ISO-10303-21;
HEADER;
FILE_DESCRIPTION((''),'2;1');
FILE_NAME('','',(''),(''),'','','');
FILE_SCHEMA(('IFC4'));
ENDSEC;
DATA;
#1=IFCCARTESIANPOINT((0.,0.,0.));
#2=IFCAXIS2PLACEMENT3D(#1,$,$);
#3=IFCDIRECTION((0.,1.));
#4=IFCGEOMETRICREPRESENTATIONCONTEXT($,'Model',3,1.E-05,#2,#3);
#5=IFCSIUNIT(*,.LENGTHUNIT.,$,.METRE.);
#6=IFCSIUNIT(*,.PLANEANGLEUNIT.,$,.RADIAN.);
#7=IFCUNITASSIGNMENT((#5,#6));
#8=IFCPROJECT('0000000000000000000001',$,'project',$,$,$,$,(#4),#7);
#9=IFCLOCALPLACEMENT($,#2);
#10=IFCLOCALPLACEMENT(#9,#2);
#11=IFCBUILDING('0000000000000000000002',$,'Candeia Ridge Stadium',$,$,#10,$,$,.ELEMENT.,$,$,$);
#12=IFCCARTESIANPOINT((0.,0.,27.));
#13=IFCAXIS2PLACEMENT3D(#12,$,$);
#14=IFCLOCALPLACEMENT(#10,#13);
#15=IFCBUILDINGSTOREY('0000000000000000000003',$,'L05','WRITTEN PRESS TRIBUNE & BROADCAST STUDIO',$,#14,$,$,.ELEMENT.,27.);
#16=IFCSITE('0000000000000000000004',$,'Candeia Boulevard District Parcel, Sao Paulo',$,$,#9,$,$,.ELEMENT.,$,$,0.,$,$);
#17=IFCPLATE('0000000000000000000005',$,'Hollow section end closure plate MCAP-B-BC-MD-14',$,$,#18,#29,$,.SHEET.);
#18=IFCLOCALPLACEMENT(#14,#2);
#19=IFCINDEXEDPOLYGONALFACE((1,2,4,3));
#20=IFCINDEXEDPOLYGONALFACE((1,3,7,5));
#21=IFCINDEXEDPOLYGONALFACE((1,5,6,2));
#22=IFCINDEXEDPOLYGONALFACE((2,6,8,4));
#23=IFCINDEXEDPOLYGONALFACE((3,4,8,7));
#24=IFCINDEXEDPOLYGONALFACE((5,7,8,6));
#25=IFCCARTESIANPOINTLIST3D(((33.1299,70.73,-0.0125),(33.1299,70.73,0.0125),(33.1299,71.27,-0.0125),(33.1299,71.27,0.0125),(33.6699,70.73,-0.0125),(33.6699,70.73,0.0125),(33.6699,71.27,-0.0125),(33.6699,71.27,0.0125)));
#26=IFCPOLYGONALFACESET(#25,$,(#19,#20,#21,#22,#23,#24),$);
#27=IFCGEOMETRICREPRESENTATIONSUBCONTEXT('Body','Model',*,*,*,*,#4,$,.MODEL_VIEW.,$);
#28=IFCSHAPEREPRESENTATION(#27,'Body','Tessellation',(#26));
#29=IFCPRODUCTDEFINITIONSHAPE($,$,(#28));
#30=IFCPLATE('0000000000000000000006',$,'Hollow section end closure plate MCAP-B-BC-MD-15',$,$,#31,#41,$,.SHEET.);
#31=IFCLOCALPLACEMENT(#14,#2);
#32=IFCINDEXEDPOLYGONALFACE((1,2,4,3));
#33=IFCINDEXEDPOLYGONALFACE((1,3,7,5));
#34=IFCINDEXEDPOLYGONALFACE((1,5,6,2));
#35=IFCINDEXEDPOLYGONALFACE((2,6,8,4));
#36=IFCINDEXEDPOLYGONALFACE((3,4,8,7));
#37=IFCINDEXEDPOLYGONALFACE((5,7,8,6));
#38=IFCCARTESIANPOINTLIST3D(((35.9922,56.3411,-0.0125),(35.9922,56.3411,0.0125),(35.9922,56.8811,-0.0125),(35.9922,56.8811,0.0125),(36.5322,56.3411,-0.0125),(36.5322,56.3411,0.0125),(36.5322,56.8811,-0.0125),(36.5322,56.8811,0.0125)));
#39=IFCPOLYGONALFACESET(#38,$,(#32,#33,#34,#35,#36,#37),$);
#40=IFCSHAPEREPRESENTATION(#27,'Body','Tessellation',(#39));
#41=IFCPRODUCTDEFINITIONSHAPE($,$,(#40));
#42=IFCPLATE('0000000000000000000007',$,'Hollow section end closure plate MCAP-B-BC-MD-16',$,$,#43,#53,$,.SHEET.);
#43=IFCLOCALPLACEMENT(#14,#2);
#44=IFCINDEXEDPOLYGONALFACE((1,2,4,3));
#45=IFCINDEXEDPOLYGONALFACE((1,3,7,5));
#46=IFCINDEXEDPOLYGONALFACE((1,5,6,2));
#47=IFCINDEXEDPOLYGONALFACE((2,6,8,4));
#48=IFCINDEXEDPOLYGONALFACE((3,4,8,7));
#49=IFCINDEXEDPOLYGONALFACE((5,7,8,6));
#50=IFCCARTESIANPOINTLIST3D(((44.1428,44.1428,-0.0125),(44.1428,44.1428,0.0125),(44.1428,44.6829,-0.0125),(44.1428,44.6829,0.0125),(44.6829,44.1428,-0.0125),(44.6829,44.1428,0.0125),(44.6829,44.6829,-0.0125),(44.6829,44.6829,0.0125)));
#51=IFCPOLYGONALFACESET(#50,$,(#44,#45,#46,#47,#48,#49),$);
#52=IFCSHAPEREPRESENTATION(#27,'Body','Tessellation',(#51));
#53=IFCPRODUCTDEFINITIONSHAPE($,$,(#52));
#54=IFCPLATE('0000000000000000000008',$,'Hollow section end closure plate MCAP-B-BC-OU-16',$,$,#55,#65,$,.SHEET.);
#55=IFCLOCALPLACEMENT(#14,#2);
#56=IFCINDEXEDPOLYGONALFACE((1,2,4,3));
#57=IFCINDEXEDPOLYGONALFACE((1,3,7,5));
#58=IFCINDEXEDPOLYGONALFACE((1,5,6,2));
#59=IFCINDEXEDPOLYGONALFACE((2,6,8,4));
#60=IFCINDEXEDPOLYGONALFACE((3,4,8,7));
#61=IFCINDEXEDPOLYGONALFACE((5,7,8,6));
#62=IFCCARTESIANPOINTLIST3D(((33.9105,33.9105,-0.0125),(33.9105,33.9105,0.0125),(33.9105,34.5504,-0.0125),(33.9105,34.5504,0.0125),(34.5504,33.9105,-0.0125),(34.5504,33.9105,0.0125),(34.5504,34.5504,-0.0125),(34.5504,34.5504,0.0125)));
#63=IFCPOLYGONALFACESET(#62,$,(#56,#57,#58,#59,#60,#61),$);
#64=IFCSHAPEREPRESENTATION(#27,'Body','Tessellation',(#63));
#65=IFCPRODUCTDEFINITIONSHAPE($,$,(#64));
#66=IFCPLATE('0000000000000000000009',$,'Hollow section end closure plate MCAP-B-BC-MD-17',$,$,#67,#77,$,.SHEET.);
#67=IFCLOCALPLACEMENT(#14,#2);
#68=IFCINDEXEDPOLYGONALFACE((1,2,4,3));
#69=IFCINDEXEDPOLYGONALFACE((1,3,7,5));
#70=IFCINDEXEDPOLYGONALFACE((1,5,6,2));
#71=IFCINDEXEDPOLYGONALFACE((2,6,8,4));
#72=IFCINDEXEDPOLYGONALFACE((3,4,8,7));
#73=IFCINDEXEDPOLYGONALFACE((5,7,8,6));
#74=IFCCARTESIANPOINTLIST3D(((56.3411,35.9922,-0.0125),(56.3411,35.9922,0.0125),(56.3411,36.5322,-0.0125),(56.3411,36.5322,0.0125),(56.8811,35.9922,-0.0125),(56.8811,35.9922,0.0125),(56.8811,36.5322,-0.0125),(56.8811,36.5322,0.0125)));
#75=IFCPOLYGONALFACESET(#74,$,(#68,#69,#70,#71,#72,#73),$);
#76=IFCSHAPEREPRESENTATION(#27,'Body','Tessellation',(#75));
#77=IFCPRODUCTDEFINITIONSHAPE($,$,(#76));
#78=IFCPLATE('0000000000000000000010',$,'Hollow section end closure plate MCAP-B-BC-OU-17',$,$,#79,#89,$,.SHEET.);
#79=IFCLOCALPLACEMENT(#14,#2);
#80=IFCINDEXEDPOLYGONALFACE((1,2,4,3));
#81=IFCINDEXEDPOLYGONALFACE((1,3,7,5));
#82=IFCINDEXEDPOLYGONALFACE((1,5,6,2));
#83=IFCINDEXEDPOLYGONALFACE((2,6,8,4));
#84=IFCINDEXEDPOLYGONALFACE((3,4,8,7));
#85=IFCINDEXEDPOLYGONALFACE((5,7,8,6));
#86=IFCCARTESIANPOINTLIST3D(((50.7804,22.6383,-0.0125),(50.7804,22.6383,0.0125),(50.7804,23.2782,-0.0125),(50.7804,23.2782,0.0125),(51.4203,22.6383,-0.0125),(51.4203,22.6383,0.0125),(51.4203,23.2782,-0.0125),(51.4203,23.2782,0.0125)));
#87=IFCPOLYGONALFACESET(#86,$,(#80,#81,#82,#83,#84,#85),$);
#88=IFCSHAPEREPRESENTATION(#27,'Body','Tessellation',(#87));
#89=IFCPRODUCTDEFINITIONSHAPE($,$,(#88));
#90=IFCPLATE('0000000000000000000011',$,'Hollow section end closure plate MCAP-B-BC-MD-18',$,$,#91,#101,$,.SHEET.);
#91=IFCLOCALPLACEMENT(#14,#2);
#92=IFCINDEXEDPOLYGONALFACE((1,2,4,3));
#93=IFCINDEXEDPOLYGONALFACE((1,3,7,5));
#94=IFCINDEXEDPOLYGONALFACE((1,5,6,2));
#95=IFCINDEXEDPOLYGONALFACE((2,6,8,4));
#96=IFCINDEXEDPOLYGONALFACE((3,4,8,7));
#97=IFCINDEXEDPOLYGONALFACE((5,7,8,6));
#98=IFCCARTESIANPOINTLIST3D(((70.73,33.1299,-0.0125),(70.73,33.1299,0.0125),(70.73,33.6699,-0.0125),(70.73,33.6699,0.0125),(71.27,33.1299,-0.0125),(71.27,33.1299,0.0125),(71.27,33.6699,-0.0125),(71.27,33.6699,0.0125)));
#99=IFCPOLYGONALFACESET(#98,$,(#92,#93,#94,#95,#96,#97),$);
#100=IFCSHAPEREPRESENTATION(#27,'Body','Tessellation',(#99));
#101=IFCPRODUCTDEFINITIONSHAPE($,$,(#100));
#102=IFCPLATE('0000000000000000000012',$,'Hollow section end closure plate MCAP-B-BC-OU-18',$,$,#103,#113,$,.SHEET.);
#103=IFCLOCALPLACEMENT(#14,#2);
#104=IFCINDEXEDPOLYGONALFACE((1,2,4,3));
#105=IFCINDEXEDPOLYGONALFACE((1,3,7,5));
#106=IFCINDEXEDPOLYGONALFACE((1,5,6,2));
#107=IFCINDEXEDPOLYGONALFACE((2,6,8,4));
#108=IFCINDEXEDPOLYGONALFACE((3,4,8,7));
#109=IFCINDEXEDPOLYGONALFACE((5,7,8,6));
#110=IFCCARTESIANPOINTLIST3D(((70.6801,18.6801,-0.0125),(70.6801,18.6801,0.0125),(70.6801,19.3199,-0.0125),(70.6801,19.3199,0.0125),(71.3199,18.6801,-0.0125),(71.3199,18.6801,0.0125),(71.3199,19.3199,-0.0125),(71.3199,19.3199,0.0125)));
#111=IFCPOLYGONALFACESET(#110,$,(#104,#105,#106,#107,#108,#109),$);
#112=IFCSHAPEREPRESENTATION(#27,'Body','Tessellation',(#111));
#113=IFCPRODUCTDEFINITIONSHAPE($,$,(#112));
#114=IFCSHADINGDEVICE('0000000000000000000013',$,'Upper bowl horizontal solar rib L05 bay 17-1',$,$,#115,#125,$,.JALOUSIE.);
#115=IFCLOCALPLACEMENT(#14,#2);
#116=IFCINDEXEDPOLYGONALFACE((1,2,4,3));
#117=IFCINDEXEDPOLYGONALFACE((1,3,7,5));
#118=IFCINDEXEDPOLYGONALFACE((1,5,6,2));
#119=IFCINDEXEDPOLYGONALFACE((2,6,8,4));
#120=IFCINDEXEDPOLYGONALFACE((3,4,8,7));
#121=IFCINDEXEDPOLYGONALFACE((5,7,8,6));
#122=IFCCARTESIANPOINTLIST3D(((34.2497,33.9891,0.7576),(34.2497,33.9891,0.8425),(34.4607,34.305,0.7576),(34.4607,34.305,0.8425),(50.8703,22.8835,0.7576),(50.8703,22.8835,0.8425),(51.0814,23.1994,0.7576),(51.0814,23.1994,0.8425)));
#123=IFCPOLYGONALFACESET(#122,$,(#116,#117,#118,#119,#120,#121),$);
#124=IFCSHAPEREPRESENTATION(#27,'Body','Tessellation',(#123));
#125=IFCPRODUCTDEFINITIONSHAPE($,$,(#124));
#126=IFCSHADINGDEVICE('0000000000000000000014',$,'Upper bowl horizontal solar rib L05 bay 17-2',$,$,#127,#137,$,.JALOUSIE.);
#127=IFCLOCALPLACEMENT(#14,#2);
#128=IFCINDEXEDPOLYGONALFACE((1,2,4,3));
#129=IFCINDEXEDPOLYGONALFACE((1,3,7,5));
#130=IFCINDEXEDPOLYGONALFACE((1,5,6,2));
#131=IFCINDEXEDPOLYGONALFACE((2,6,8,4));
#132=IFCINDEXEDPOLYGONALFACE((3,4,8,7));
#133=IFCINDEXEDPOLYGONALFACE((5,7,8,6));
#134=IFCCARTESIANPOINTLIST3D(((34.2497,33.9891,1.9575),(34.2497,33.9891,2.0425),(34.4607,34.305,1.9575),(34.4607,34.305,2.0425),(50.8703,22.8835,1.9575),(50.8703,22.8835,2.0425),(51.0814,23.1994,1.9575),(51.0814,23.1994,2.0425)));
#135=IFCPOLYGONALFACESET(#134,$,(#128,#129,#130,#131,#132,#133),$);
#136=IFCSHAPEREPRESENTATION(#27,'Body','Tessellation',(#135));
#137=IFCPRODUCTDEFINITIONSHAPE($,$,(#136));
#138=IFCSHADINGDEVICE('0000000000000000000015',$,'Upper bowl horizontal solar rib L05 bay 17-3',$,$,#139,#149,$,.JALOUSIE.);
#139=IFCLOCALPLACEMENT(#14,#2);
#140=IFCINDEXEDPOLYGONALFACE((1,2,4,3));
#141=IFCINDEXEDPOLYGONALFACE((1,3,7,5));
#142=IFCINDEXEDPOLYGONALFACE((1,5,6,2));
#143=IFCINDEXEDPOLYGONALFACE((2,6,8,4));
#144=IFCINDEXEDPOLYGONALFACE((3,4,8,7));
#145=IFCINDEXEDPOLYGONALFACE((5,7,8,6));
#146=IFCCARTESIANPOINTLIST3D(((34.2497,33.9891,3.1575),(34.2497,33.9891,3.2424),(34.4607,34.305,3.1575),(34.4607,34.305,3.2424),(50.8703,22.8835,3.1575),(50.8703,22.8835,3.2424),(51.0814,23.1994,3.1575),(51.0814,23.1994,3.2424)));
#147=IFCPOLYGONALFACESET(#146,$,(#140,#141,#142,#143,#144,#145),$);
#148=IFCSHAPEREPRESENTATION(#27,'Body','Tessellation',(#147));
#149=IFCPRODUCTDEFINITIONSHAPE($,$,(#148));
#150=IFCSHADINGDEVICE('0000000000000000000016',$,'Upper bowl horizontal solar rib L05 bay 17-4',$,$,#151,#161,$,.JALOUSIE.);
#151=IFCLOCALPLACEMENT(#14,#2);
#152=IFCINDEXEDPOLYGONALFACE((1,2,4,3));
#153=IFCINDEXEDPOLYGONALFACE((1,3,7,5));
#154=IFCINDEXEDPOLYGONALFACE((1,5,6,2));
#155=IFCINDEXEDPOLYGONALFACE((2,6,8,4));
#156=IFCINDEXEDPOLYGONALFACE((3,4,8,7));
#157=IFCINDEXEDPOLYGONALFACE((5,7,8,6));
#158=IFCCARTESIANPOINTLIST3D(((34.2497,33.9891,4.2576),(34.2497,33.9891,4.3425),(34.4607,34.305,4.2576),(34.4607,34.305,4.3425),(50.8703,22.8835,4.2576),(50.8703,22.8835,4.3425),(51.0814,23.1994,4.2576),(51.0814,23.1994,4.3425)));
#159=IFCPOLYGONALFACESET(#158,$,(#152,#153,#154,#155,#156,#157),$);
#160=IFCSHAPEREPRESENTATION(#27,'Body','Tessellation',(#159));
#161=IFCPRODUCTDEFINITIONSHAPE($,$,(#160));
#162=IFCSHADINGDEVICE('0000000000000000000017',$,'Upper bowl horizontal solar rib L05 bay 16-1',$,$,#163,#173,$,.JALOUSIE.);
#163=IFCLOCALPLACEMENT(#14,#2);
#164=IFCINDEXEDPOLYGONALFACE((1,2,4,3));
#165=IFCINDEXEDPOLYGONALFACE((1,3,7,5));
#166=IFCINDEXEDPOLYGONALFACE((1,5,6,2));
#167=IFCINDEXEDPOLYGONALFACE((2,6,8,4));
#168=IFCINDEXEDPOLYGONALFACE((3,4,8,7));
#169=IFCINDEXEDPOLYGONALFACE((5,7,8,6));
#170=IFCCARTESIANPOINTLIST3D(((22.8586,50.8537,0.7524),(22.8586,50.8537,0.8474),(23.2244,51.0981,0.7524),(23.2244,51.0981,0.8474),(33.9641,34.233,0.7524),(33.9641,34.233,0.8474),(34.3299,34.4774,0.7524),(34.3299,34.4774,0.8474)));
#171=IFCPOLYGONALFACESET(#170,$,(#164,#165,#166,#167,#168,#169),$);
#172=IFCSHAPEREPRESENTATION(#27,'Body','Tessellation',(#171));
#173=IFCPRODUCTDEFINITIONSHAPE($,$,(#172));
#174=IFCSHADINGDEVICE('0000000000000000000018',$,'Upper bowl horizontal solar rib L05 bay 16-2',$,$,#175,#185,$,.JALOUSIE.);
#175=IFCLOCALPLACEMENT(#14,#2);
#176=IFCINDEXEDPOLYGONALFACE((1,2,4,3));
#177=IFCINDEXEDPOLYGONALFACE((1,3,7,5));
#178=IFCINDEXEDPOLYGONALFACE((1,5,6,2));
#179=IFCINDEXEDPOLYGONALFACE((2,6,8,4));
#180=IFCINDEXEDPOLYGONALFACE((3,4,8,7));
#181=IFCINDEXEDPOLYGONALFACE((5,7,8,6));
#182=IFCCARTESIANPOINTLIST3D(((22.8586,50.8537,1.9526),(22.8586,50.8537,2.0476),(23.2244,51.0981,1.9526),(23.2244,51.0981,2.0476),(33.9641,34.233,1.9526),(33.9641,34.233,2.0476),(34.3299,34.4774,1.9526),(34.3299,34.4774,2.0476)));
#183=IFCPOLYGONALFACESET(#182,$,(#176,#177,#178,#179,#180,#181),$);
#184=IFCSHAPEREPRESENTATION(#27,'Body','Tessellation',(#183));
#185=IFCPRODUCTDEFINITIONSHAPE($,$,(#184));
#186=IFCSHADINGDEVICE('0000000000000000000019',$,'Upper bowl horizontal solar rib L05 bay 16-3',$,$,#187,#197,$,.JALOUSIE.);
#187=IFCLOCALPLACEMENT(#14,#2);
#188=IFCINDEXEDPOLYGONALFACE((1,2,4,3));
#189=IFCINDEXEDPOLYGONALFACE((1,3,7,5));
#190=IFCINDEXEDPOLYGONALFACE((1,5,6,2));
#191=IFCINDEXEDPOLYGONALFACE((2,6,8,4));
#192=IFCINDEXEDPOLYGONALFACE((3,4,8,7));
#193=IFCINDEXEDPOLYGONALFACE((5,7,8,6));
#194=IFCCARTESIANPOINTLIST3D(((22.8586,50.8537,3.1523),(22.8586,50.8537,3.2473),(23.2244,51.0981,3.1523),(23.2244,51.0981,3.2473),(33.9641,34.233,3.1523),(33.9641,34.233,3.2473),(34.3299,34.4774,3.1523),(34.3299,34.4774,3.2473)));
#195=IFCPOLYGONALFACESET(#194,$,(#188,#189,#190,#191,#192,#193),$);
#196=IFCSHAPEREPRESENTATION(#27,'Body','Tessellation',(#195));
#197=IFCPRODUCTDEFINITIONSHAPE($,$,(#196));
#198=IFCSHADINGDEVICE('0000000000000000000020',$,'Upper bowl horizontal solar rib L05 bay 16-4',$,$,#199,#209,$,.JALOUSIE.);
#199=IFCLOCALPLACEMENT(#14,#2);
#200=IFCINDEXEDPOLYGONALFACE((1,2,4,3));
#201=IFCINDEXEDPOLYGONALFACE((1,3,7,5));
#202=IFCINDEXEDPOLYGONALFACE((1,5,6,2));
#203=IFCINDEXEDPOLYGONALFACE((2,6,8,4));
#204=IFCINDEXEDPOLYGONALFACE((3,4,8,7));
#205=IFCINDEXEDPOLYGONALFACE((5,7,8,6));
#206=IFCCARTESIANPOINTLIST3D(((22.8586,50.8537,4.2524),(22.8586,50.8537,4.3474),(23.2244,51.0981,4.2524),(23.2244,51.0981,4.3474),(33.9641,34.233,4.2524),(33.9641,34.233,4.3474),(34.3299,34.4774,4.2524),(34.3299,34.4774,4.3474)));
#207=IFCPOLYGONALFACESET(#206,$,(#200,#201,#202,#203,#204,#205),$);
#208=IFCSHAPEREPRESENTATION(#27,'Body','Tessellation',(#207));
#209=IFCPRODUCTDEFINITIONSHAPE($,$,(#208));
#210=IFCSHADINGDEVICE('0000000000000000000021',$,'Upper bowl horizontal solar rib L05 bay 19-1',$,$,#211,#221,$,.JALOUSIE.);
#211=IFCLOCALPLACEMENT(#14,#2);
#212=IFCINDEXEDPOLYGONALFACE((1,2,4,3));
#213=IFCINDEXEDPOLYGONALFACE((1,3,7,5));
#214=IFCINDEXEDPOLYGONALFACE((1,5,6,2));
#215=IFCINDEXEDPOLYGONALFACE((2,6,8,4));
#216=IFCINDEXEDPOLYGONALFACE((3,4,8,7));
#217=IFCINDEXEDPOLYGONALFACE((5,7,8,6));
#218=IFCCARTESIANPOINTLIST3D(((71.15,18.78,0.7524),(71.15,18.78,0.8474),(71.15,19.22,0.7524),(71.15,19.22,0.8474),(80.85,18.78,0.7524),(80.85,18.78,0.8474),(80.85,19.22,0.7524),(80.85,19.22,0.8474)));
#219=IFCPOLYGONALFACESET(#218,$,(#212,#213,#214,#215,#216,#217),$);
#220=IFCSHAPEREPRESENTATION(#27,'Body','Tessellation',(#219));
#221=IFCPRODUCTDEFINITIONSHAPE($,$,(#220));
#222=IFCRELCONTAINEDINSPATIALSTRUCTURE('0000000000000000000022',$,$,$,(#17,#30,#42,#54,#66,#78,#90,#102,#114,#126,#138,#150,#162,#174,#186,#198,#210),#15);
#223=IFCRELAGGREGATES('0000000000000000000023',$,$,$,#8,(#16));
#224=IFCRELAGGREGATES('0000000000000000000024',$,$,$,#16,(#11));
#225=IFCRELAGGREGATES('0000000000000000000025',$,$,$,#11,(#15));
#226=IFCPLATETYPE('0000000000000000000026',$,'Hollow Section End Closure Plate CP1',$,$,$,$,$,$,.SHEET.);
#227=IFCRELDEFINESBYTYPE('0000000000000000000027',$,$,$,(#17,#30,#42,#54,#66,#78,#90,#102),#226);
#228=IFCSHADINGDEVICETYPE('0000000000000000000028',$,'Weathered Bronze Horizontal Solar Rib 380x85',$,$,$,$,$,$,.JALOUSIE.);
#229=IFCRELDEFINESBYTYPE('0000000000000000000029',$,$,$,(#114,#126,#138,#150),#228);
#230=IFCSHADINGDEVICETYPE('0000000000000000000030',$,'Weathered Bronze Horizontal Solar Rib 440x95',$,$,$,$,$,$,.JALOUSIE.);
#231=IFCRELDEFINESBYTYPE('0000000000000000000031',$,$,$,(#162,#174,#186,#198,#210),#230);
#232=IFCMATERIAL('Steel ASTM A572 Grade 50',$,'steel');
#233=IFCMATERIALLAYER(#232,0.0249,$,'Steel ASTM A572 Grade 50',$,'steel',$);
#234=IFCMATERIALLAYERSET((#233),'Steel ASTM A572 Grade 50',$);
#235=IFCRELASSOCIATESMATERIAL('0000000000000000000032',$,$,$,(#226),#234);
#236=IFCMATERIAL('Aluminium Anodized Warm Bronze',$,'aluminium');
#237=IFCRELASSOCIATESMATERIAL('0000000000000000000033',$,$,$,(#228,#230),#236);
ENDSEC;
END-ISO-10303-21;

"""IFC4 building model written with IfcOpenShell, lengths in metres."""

from ifc_helpers import new_model, si_unit, direction, frame, origin, origin_2d, place, context, subcontext, project, spatial, rectangle, extrude, material, layer, layer_set, type_object, element, save


model = new_model("IFC4")

# Units and contexts
model_context = context("Model", 3, precision=1e-05, world=origin(), true_north=direction((0.0, 1.0)))
body_context = subcontext(model_context, "Body", "Model", "MODEL_VIEW")
ifc_project = project(units=[si_unit("LENGTHUNIT", "METRE"), si_unit("PLANEANGLEUNIT", "RADIAN")], contexts=[model_context])

# Site, building, storey
site_placement = place(None, origin())
site = spatial("IfcSite", under=ifc_project, at=site_placement, Name="Candeia Boulevard District Parcel, Sao Paulo", CompositionType="ELEMENT", RefElevation=0.0)
building_placement = place(site_placement, origin())
building = spatial("IfcBuilding", under=site, at=building_placement, Name="Candeia Ridge Stadium", CompositionType="ELEMENT")
storey_placement = place(building_placement, frame((0.0, 0.0, 27.0)))
storey = spatial("IfcBuildingStorey", under=building, at=storey_placement, Name="L05", Description="WRITTEN PRESS TRIBUNE & BROADCAST STUDIO", CompositionType="ELEMENT", Elevation=27.0)

# Shared definitions
ifc_material_1 = material(Name="Steel ASTM A572 Grade 50", Category="steel")

# Plates
ifc_layer = layer(ifc_material_1, 0.0249, Name="Steel ASTM A572 Grade 50", Category="steel")
ifc_layer_set = layer_set([ifc_layer], Name="Steel ASTM A572 Grade 50")
plate_type = type_object("IfcPlateType", Name="Hollow Section End Closure Plate CP1", PredefinedType="SHEET", material=ifc_layer_set)
for number, where, z_axis, x_axis, name in (
    (1, (33.3999, 71.0, -0.0125), (0.0, 0.0, 1.0), (1.0, 0.0, 0.0), "Hollow section end closure plate MCAP-B-BC-MD-14"),
    (2, (36.2622, 56.6111, -0.0125), (0.0, 0.0, 1.0), (1.0, 0.0, 0.0), "Hollow section end closure plate MCAP-B-BC-MD-15"),
    (3, (44.4128, 44.4128, -0.0125), (0.0, 0.0, 1.0), (1.0, 0.0, 0.0), "Hollow section end closure plate MCAP-B-BC-MD-16"),
):
    element("IfcPlate", number, at=place(storey_placement, frame(where, z_axis=z_axis, x_axis=x_axis)), inside=storey, type_object=plate_type, Name=name, PredefinedType="SHEET", context=body_context, shape_type="SweptSolid", body=[
        extrude(rectangle(XDim=0.54, YDim=0.54, at=origin_2d()), origin(), (0.0, 0.0, 1.0), 0.0249),
    ])
plate_1_placement = place(storey_placement, frame((34.2305, 34.2305, -0.0125), z_axis=(0.0, 0.0, 1.0), x_axis=(1.0, 0.0, 0.0)))
element("IfcPlate", 4, at=plate_1_placement, inside=storey, type_object=plate_type, Name="Hollow section end closure plate MCAP-B-BC-OU-16", PredefinedType="SHEET", context=body_context, shape_type="SweptSolid", body=[
    extrude(rectangle(XDim=0.6399, YDim=0.6399, at=origin_2d()), origin(), (0.0, 0.0, 1.0), 0.0249),
])
plate_2_placement = place(storey_placement, frame((56.6111, 36.2622, -0.0125), z_axis=(0.0, 0.0, 1.0), x_axis=(1.0, 0.0, 0.0)))
element("IfcPlate", 5, at=plate_2_placement, inside=storey, type_object=plate_type, Name="Hollow section end closure plate MCAP-B-BC-MD-17", PredefinedType="SHEET", context=body_context, shape_type="SweptSolid", body=[
    extrude(rectangle(XDim=0.54, YDim=0.54, at=origin_2d()), origin(), (0.0, 0.0, 1.0), 0.0249),
])
plate_3_placement = place(storey_placement, frame((51.1003, 22.9583, -0.0125), z_axis=(0.0, 0.0, 1.0), x_axis=(1.0, 0.0, 0.0)))
element("IfcPlate", 6, at=plate_3_placement, inside=storey, type_object=plate_type, Name="Hollow section end closure plate MCAP-B-BC-OU-17", PredefinedType="SHEET", context=body_context, shape_type="SweptSolid", body=[
    extrude(rectangle(XDim=0.6399, YDim=0.6399, at=origin_2d()), origin(), (0.0, 0.0, 1.0), 0.0249),
])
plate_4_placement = place(storey_placement, frame((71.0, 33.3999, -0.0125), z_axis=(0.0, 0.0, 1.0), x_axis=(1.0, 0.0, 0.0)))
element("IfcPlate", 7, at=plate_4_placement, inside=storey, type_object=plate_type, Name="Hollow section end closure plate MCAP-B-BC-MD-18", PredefinedType="SHEET", context=body_context, shape_type="SweptSolid", body=[
    extrude(rectangle(XDim=0.54, YDim=0.54, at=origin_2d()), origin(), (0.0, 0.0, 1.0), 0.0249),
])
plate_5_placement = place(storey_placement, frame((71.0, 19.0, -0.0125), z_axis=(0.0, 0.0, 1.0), x_axis=(1.0, 0.0, 0.0)))
element("IfcPlate", 8, at=plate_5_placement, inside=storey, type_object=plate_type, Name="Hollow section end closure plate MCAP-B-BC-OU-18", PredefinedType="SHEET", context=body_context, shape_type="SweptSolid", body=[
    extrude(rectangle(XDim=0.6399, YDim=0.6399, at=origin_2d()), origin(), (0.0, 0.0, 1.0), 0.0249),
])

# Shading devices
ifc_material_2 = material(Name="Aluminium Anodized Warm Bronze", Category="aluminium")
shading_device_type_1 = type_object("IfcShadingDeviceType", Name="Weathered Bronze Horizontal Solar Rib 380x85", PredefinedType="JALOUSIE", material=ifc_material_2)
for number, where, z_axis, x_axis, name in (
    (9, (42.6655, 28.5942, 0.7576), (0.0, 0.0, 1.0), (0.83147, -0.55557, 0.0), "Upper bowl horizontal solar rib L05 bay 17-1"),
    (10, (42.6655, 28.5942, 1.9575), (0.0, 0.0, 1.0), (0.83147, -0.55557, 0.0), "Upper bowl horizontal solar rib L05 bay 17-2"),
    (11, (42.6655, 28.5942, 3.1575), (0.0, 0.0, 1.0), (0.83147, -0.55557, 0.0), "Upper bowl horizontal solar rib L05 bay 17-3"),
    (12, (42.6655, 28.5942, 4.2576), (0.0, 0.0, 1.0), (0.83147, -0.55557, 0.0), "Upper bowl horizontal solar rib L05 bay 17-4"),
):
    element("IfcShadingDevice", number, at=place(storey_placement, frame(where, z_axis=z_axis, x_axis=x_axis)), inside=storey, type_object=shading_device_type_1, Name=name, PredefinedType="JALOUSIE", context=body_context, shape_type="SweptSolid", body=[
        extrude(rectangle(XDim=19.9895, YDim=0.3799, at=origin_2d()), origin(), (0.0, 0.0, 1.0), 0.085),
    ])
shading_device_type_2 = type_object("IfcShadingDeviceType", Name="Weathered Bronze Horizontal Solar Rib 440x95", PredefinedType="JALOUSIE", material=ifc_material_2)
for number, where, z_axis, x_axis, name in (
    (13, (28.5942, 42.6655, 0.7524), (0.0, 0.0, 1.0), (0.55557, -0.83147, 0.0), "Upper bowl horizontal solar rib L05 bay 16-1"),
    (14, (28.5942, 42.6655, 1.9526), (0.0, 0.0, 1.0), (0.55557, -0.83147, 0.0), "Upper bowl horizontal solar rib L05 bay 16-2"),
    (15, (28.5942, 42.6655, 3.1523), (0.0, 0.0, 1.0), (0.55557, -0.83147, 0.0), "Upper bowl horizontal solar rib L05 bay 16-3"),
    (16, (28.5942, 42.6655, 4.2524), (0.0, 0.0, 1.0), (0.55557, -0.83147, 0.0), "Upper bowl horizontal solar rib L05 bay 16-4"),
):
    element("IfcShadingDevice", number, at=place(storey_placement, frame(where, z_axis=z_axis, x_axis=x_axis)), inside=storey, type_object=shading_device_type_2, Name=name, PredefinedType="JALOUSIE", context=body_context, shape_type="SweptSolid", body=[
        extrude(rectangle(XDim=19.9895, YDim=0.4399, at=origin_2d()), origin(), (0.0, 0.0, 1.0), 0.095),
    ])
for number, where, z_axis, x_axis, name in (
    (17, (76.0, 19.0, 0.7524), (0.0, 0.0, 1.0), (1.0, 0.0, 0.0), "Upper bowl horizontal solar rib L05 bay 19-1"),
):
    element("IfcShadingDevice", number, at=place(storey_placement, frame(where, z_axis=z_axis, x_axis=x_axis)), inside=storey, type_object=shading_device_type_2, Name=name, PredefinedType="JALOUSIE", context=body_context, shape_type="SweptSolid", body=[
        extrude(rectangle(XDim=9.7, YDim=0.4399, at=origin_2d()), origin(), (0.0, 0.0, 1.0), 0.095),
    ])

save(model, "model.ifc")
